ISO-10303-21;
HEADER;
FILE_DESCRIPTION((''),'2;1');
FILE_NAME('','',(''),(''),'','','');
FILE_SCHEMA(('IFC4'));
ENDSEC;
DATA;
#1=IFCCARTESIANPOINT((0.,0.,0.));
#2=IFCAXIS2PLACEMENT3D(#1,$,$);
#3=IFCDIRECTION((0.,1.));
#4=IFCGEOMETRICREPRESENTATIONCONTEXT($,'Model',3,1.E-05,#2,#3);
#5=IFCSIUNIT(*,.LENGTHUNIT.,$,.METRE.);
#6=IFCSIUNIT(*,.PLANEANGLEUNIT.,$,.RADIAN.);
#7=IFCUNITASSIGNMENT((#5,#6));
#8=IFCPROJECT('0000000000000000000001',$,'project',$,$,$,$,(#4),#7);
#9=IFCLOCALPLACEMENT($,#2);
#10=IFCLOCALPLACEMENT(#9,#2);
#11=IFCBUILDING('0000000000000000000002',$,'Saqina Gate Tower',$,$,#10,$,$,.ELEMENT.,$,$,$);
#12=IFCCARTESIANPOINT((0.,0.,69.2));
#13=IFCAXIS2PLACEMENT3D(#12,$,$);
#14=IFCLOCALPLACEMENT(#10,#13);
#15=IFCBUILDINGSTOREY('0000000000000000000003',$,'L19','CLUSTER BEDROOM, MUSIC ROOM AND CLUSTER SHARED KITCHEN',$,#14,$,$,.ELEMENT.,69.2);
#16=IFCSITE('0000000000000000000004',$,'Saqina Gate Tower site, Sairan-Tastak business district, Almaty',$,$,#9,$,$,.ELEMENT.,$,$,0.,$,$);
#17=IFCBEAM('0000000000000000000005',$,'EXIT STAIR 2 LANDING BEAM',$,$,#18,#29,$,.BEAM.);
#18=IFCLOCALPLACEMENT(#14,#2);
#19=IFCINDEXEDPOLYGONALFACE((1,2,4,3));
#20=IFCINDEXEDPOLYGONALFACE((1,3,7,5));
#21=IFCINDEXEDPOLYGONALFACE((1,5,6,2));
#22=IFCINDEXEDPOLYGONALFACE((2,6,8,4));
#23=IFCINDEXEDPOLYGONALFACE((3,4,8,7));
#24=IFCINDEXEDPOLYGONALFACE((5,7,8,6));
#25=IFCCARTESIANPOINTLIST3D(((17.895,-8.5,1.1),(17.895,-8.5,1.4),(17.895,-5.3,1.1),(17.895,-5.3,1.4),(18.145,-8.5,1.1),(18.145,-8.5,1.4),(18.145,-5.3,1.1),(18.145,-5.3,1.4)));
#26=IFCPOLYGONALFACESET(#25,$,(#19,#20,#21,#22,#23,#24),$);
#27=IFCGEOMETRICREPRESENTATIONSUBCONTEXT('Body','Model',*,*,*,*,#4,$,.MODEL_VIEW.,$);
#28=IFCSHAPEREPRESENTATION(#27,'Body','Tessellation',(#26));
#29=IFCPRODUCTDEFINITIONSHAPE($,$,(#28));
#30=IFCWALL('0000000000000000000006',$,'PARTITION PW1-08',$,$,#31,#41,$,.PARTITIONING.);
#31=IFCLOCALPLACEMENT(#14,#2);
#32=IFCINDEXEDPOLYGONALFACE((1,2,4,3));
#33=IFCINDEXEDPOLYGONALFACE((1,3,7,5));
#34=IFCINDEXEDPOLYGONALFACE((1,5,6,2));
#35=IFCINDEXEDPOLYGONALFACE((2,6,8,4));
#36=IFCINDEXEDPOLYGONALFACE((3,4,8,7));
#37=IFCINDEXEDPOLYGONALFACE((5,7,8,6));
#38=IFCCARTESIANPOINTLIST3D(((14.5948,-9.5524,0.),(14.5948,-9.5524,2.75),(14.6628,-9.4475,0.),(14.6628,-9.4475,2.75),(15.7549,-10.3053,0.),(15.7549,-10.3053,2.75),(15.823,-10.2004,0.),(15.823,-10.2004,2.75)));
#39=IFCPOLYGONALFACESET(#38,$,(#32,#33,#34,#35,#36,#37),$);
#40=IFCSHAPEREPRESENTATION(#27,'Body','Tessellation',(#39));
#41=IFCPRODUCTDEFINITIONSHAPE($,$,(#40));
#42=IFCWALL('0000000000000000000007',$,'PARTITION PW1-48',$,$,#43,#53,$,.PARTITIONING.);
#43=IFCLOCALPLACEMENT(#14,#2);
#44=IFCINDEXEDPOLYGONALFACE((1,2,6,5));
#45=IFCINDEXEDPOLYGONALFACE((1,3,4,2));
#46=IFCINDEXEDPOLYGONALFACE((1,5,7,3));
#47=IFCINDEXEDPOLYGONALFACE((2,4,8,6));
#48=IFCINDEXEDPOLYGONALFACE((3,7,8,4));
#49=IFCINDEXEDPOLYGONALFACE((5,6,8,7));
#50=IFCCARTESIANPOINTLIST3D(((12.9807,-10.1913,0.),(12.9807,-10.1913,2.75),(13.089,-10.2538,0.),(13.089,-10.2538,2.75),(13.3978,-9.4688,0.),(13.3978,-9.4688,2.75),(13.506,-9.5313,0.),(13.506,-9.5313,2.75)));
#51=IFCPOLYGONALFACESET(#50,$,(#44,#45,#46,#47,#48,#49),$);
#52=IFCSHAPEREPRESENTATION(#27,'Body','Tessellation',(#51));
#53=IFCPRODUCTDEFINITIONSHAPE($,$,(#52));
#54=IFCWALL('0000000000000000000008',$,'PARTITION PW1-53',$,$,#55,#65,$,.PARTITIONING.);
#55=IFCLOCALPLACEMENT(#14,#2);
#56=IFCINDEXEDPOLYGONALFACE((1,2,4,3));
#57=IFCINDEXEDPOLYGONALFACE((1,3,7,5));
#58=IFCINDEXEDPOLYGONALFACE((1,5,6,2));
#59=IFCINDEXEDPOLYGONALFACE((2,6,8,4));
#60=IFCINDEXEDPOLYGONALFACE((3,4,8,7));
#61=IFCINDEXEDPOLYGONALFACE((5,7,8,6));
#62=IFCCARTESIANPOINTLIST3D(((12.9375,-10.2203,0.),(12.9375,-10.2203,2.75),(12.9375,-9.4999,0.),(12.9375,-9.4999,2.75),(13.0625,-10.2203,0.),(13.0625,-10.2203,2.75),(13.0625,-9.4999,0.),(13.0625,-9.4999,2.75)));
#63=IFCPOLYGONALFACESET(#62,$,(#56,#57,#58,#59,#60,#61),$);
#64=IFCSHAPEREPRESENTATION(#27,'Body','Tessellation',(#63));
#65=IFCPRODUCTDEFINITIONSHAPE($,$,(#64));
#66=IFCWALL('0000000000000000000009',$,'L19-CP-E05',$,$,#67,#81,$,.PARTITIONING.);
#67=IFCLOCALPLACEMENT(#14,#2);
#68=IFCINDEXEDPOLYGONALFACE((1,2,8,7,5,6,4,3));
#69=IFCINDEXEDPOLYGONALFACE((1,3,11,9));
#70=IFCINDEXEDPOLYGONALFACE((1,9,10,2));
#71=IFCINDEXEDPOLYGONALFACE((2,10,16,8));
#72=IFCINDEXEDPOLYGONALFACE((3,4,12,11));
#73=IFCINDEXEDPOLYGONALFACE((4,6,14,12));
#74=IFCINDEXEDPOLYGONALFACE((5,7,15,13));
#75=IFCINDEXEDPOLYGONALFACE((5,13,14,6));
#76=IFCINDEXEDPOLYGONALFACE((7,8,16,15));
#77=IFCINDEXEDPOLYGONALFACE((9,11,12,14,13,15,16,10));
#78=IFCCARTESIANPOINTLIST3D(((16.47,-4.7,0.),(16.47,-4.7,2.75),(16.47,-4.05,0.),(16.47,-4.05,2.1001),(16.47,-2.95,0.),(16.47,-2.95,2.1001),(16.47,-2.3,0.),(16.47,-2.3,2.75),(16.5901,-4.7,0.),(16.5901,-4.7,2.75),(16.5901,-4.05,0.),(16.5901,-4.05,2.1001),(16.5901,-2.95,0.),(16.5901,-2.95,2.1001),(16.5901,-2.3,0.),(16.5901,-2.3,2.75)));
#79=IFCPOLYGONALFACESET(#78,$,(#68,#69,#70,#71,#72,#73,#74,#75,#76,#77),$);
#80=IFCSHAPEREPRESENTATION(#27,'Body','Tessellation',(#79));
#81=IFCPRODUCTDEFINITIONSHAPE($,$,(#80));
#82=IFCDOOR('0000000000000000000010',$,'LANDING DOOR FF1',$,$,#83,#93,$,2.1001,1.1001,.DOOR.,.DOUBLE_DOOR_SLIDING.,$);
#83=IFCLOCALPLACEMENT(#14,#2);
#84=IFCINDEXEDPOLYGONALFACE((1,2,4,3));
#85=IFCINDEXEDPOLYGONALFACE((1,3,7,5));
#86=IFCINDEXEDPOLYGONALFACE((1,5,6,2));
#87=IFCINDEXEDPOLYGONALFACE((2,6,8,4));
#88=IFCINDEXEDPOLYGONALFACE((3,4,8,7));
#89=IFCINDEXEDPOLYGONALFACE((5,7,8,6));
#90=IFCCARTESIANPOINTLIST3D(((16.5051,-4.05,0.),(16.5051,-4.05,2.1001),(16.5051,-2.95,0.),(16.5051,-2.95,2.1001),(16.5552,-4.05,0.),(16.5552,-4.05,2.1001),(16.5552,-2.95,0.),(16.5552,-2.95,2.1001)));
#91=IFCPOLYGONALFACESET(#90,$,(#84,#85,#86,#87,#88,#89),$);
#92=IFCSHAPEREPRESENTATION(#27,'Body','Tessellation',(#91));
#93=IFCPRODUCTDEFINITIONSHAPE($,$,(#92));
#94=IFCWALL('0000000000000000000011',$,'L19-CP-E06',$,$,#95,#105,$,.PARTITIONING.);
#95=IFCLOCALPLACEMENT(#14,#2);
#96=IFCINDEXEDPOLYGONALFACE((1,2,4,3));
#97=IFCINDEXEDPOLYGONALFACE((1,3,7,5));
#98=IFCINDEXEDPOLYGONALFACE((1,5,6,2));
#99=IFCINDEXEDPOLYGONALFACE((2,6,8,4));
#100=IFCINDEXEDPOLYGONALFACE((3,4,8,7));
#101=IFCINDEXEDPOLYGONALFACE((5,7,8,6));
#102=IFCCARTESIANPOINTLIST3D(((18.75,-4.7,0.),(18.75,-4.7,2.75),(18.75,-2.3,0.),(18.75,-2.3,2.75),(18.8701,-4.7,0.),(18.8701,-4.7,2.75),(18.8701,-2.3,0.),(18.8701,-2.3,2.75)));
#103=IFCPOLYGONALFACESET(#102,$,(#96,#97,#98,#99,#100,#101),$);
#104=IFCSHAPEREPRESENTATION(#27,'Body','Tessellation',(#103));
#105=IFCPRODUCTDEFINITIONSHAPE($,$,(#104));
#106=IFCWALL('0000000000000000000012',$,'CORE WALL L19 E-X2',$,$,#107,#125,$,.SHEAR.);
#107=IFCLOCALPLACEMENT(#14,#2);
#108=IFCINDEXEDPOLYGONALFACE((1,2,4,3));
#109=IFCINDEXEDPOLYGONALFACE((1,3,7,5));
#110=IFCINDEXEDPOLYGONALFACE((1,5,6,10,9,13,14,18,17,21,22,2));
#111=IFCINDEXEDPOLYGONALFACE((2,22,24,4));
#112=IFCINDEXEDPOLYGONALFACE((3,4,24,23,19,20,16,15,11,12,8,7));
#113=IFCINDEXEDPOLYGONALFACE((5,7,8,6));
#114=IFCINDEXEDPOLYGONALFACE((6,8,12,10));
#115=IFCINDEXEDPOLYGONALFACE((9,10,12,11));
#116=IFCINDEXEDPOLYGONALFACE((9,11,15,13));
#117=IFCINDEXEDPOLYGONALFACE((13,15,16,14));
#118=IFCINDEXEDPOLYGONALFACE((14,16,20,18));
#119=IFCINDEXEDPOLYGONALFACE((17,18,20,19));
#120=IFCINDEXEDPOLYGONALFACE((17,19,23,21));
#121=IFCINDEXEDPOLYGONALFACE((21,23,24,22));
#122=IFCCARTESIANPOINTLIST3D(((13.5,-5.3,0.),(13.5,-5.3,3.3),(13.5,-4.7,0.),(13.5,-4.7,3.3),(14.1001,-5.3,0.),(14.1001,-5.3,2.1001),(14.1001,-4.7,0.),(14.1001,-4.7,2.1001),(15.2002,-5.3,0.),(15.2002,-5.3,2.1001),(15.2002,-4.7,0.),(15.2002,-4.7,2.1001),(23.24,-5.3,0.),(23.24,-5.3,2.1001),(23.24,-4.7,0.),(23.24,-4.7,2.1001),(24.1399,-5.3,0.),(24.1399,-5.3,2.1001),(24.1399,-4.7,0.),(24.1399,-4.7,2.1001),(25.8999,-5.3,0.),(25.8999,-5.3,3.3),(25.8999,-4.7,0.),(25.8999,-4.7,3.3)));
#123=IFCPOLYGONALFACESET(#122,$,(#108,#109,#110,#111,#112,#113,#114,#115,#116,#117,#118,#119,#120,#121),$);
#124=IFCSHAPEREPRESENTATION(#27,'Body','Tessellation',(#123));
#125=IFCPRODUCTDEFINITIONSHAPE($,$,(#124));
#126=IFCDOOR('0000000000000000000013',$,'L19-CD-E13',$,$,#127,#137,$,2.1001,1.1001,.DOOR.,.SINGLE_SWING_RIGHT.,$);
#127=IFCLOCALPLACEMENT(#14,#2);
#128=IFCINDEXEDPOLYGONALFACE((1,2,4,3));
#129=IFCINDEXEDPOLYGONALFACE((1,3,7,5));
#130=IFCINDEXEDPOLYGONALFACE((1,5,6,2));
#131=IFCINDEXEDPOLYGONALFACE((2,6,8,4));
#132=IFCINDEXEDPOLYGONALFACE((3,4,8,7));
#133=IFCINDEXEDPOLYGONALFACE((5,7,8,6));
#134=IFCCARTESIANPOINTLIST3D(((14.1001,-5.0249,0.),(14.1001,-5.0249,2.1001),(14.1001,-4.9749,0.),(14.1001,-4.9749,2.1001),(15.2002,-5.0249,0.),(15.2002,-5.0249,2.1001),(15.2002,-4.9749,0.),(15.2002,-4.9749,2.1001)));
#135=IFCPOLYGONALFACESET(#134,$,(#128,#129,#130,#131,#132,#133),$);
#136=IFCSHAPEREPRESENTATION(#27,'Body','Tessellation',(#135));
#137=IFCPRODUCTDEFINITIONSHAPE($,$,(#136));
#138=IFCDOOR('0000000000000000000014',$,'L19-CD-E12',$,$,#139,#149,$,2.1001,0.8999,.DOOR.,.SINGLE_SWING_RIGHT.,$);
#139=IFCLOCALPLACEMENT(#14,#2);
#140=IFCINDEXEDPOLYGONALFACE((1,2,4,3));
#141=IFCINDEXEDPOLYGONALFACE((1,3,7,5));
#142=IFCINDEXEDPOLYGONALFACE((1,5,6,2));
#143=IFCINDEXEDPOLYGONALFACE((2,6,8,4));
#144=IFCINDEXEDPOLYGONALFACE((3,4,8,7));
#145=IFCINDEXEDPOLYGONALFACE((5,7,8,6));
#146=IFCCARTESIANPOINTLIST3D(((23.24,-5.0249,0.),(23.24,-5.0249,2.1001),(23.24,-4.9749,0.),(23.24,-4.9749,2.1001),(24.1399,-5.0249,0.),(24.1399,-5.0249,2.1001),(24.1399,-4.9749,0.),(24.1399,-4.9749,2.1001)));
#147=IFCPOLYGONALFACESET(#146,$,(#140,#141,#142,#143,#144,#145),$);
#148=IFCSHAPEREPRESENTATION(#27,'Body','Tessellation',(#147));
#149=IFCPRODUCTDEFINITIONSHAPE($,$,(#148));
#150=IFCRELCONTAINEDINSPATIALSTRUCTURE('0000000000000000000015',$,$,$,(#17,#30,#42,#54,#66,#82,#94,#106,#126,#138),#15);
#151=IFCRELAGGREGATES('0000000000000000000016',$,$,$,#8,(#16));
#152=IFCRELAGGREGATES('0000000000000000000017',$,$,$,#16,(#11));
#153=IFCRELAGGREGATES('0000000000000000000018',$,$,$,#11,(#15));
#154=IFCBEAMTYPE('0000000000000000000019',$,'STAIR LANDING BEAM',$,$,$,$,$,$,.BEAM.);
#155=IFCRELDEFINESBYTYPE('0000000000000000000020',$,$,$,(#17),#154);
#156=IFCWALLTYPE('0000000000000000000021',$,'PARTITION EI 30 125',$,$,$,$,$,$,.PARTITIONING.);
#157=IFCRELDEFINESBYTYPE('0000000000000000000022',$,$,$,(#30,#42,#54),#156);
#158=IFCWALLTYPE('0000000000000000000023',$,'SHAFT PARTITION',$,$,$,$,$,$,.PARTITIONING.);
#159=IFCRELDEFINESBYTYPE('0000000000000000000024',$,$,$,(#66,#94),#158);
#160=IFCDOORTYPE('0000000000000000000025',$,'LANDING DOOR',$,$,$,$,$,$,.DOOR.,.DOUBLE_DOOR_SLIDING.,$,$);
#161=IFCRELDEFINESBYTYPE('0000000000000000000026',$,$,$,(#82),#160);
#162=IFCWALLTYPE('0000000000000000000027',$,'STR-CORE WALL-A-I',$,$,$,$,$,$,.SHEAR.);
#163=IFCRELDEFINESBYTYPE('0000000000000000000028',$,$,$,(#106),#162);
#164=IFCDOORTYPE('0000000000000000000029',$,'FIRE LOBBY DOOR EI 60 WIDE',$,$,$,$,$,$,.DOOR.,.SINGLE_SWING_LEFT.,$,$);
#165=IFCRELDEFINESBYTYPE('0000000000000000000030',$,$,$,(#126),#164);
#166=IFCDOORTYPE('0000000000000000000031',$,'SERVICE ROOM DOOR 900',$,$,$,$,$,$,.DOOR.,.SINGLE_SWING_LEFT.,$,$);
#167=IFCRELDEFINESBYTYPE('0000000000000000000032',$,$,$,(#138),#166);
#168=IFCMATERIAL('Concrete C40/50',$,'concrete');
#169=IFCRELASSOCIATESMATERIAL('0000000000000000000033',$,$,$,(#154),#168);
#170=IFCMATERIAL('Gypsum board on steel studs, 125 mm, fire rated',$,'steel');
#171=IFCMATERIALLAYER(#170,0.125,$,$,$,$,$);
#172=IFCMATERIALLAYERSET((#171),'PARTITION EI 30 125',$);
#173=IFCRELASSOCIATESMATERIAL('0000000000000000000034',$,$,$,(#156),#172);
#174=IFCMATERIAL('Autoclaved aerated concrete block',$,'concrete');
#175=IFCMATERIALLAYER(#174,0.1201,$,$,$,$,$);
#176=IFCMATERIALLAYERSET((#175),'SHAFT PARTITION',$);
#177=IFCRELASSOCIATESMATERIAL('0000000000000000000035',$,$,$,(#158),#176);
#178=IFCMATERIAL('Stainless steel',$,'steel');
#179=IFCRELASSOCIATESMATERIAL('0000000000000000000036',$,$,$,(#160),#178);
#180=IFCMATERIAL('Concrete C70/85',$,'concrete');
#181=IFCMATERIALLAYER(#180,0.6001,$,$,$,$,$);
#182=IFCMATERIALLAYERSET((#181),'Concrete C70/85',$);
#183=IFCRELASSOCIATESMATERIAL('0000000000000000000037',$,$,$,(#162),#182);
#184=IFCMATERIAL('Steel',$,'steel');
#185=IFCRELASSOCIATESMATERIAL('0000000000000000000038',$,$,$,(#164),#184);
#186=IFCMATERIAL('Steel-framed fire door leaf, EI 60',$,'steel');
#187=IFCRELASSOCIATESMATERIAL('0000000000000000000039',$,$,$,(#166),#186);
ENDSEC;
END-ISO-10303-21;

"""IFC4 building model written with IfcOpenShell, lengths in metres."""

from ifc_helpers import new_model, si_unit, direction, frame, frame_2d, origin, origin_2d, place, context, subcontext, project, spatial, rectangle, extrude, material, layer, layer_set, material_profile, profile_set, type_object, element, fill, save


model = new_model("IFC4")

# Units and contexts
model_context = context("Model", 3, precision=1e-05, world=origin(), true_north=direction((0.0, 1.0)))
body_context = subcontext(model_context, "Body", "Model", "MODEL_VIEW")
ifc_project = project(units=[si_unit("LENGTHUNIT", "METRE"), si_unit("PLANEANGLEUNIT", "RADIAN")], contexts=[model_context])

# Site, building, storey
site_placement = place(None, origin())
site = spatial("IfcSite", under=ifc_project, at=site_placement, Name="Saqina Gate Tower site, Sairan-Tastak business district, Almaty", CompositionType="ELEMENT", RefElevation=0.0)
building_placement = place(site_placement, origin())
building = spatial("IfcBuilding", under=site, at=building_placement, Name="Saqina Gate Tower", CompositionType="ELEMENT")
storey_placement = place(building_placement, frame((0.0, 0.0, 69.2)))
storey = spatial("IfcBuildingStorey", under=building, at=storey_placement, Name="L19", Description="CLUSTER BEDROOM, MUSIC ROOM AND CLUSTER SHARED KITCHEN", CompositionType="ELEMENT", Elevation=69.2)

# Beam
ifc_material_1 = material(Name="Concrete C40/50", Category="concrete")
ifc_material_profile = material_profile(ifc_material_1, rectangle(XDim=0.25, YDim=0.3, at=origin_2d()), Name="STAIR LANDING BEAM")
ifc_profile_set = profile_set([ifc_material_profile], Name="Concrete C40/50")
beam_type = type_object("IfcBeamType", Name="STAIR LANDING BEAM", PredefinedType="BEAM", material=ifc_profile_set)
beam_placement = place(storey_placement, frame((18.02, -8.5, 1.25), z_axis=(0.0, 1.0, 0.0), x_axis=(-1.0, 0.0, 0.0)))
element("IfcBeam", 1, at=beam_placement, inside=storey, type_object=beam_type, Name="EXIT STAIR 2 LANDING BEAM", PredefinedType="BEAM", context=body_context, shape_type="SweptSolid", body=[
    extrude(rectangle(XDim=0.25, YDim=0.3, at=origin_2d()), origin(), (0.0, 0.0, 1.0), 3.2),
])

# Walls
ifc_material_2 = material(Name="Gypsum board on steel studs, 125 mm, fire rated", Category="steel")
ifc_layer_1 = layer(ifc_material_2, 0.125)
ifc_layer_set_1 = layer_set([ifc_layer_1], Name="PARTITION EI 30 125")
wall_type_1 = type_object("IfcWallType", Name="PARTITION EI 30 125", PredefinedType="PARTITIONING", material=ifc_layer_set_1)
wall_1_placement = place(storey_placement, frame((14.6289, -9.5, 0.0), z_axis=(0.0, 0.0, 1.0), x_axis=(0.838831, -0.544393, 0.0)))
element("IfcWall", 2, at=wall_1_placement, inside=storey, type_object=wall_type_1, Name="PARTITION PW1-08", PredefinedType="PARTITIONING", context=body_context, shape_type="SweptSolid", body=[
    extrude(rectangle(XDim=1.3831, YDim=0.125, at=frame_2d((0.6914, 0.0))), origin(), (0.0, 0.0, 1.0), 2.75),
])
wall_2_placement = place(storey_placement, frame((13.0349, -10.2224, 0.0), z_axis=(0.0, 0.0, 1.0), x_axis=(0.499917, 0.866073, 0.0)))
element("IfcWall", 3, at=wall_2_placement, inside=storey, type_object=wall_type_1, Name="PARTITION PW1-48", PredefinedType="PARTITIONING", context=body_context, shape_type="SweptSolid", body=[
    extrude(rectangle(XDim=0.8342, YDim=0.125, at=frame_2d((0.417, 0.0))), origin(), (0.0, 0.0, 1.0), 2.75),
])
wall_3_placement = place(storey_placement, frame((13.0, -10.2205, 0.0), z_axis=(0.0, 0.0, 1.0), x_axis=(0.0, 1.0, 0.0)))
element("IfcWall", 4, at=wall_3_placement, inside=storey, type_object=wall_type_1, Name="PARTITION PW1-53", PredefinedType="PARTITIONING", context=body_context, shape_type="SweptSolid", body=[
    extrude(rectangle(XDim=0.7205, YDim=0.125, at=frame_2d((0.3604, 0.0))), origin(), (0.0, 0.0, 1.0), 2.75),
])

# Wall, opening, door
ifc_material_3 = material(Name="Autoclaved aerated concrete block", Category="concrete")
ifc_layer_2 = layer(ifc_material_3, 0.1201)
ifc_layer_set_2 = layer_set([ifc_layer_2], Name="SHAFT PARTITION")
wall_type_2 = type_object("IfcWallType", Name="SHAFT PARTITION", PredefinedType="PARTITIONING", material=ifc_layer_set_2)
wall_4_placement = place(storey_placement, frame((16.53, -4.7, 0.0), z_axis=(0.0, 0.0, 1.0), x_axis=(0.0, 1.0, 0.0)))
wall_4 = element("IfcWall", 5, at=wall_4_placement, inside=storey, type_object=wall_type_2, Name="L19-CP-E05", PredefinedType="PARTITIONING", context=body_context, shape_type="SweptSolid", body=[
    extrude(rectangle(XDim=2.3999, YDim=0.1201, at=frame_2d((1.2, 0.0))), origin(), (0.0, 0.0, 1.0), 2.75),
])
opening_1_placement = place(wall_4_placement, frame((0.6499, 0.0, 0.0)))
opening_1 = element("IfcOpeningElement", 6, at=opening_1_placement, cuts=wall_4, PredefinedType="OPENING", context=body_context, shape_type="SweptSolid", body=[
    extrude(rectangle(XDim=1.1001, YDim=2.1001, at=frame_2d((0.55, 1.05))), frame((0.0, 0.072, 0.0), z_axis=(0.0, -1.0, 0.0), x_axis=(1.0, 0.0, 0.0)), (0.0, 0.0, 1.0), 0.144),
])
ifc_material_4 = material(Name="Stainless steel", Category="steel")
door_type_1 = type_object("IfcDoorType", Name="LANDING DOOR", OperationType="DOUBLE_DOOR_SLIDING", PredefinedType="DOOR", material=ifc_material_4)
door_1_placement = place(opening_1_placement, origin())
door_1 = element("IfcDoor", 7, at=door_1_placement, inside=storey, type_object=door_type_1, Name="LANDING DOOR FF1", OperationType="DOUBLE_DOOR_SLIDING", OverallHeight=2.1001, OverallWidth=1.1001, PredefinedType="DOOR", context=body_context, shape_type="SweptSolid", body=[
    extrude(rectangle(XDim=1.1001, YDim=2.1001, at=frame_2d((0.55, 1.05))), frame((0.0, 0.0249, 0.0), z_axis=(0.0, -1.0, 0.0), x_axis=(1.0, 0.0, 0.0)), (0.0, 0.0, 1.0), 0.05),
])
fill(opening_1, door_1)

# Wall
wall_5_placement = place(storey_placement, frame((18.8101, -4.7, 0.0), z_axis=(0.0, 0.0, 1.0), x_axis=(0.0, 1.0, 0.0)))
element("IfcWall", 8, at=wall_5_placement, inside=storey, type_object=wall_type_2, Name="L19-CP-E06", PredefinedType="PARTITIONING", context=body_context, shape_type="SweptSolid", body=[
    extrude(rectangle(XDim=2.3999, YDim=0.1201, at=frame_2d((1.2, 0.0))), origin(), (0.0, 0.0, 1.0), 2.75),
])

# Wall, openings, doors
ifc_material_5 = material(Name="Concrete C70/85", Category="concrete")
ifc_layer_3 = layer(ifc_material_5, 0.6001)
ifc_layer_set_3 = layer_set([ifc_layer_3], Name="Concrete C70/85")
wall_type_3 = type_object("IfcWallType", Name="STR-CORE WALL-A-I", PredefinedType="SHEAR", material=ifc_layer_set_3)
wall_6_placement = place(storey_placement, frame((13.5, -5.0, 0.0), z_axis=(0.0, 0.0, 1.0), x_axis=(1.0, 0.0, 0.0)))
wall_6 = element("IfcWall", 9, at=wall_6_placement, inside=storey, type_object=wall_type_3, Name="CORE WALL L19 E-X2", PredefinedType="SHEAR", context=body_context, shape_type="SweptSolid", body=[
    extrude(rectangle(XDim=12.3999, YDim=0.6001, at=frame_2d((6.2, 0.0))), origin(), (0.0, 0.0, 1.0), 3.3),
])
opening_2_placement = place(wall_6_placement, frame((9.74, 0.0, 0.0)))
opening_2 = element("IfcOpeningElement", 10, at=opening_2_placement, cuts=wall_6, PredefinedType="OPENING", context=body_context, shape_type="SweptSolid", body=[
    extrude(rectangle(XDim=0.8999, YDim=2.1001, at=frame_2d((0.45, 1.05))), frame((0.0, 0.312, 0.0), z_axis=(0.0, -1.0, 0.0), x_axis=(1.0, 0.0, 0.0)), (0.0, 0.0, 1.0), 0.624),
])
opening_3_placement = place(wall_6_placement, frame((0.6001, 0.0, 0.0)))
opening_3 = element("IfcOpeningElement", 11, at=opening_3_placement, cuts=wall_6, PredefinedType="OPENING", context=body_context, shape_type="SweptSolid", body=[
    extrude(rectangle(XDim=1.1001, YDim=2.1001, at=frame_2d((0.55, 1.05))), frame((0.0, 0.312, 0.0), z_axis=(0.0, -1.0, 0.0), x_axis=(1.0, 0.0, 0.0)), (0.0, 0.0, 1.0), 0.624),
])
ifc_material_6 = material(Name="Steel", Category="steel")
door_type_2 = type_object("IfcDoorType", Name="FIRE LOBBY DOOR EI 60 WIDE", OperationType="SINGLE_SWING_LEFT", PredefinedType="DOOR", material=ifc_material_6)
door_2_placement = place(opening_3_placement, frame((1.1001, 0.0, 0.0), z_axis=(0.0, 0.0, 1.0), x_axis=(-1.0, 0.0, 0.0)))
door_2 = element("IfcDoor", 12, at=door_2_placement, inside=storey, type_object=door_type_2, Name="L19-CD-E13", OperationType="SINGLE_SWING_RIGHT", OverallHeight=2.1001, OverallWidth=1.1001, PredefinedType="DOOR", context=body_context, shape_type="SweptSolid", body=[
    extrude(rectangle(XDim=1.1001, YDim=2.1001, at=frame_2d((0.55, 1.05))), frame((0.0, 0.0249, 0.0), z_axis=(0.0, -1.0, 0.0), x_axis=(1.0, 0.0, 0.0)), (0.0, 0.0, 1.0), 0.05),
])
fill(opening_3, door_2)
ifc_material_7 = material(Name="Steel-framed fire door leaf, EI 60", Category="steel")
door_type_3 = type_object("IfcDoorType", Name="SERVICE ROOM DOOR 900", OperationType="SINGLE_SWING_LEFT", PredefinedType="DOOR", material=ifc_material_7)
door_3_placement = place(opening_2_placement, frame((0.8999, 0.0, 0.0), z_axis=(0.0, 0.0, 1.0), x_axis=(-1.0, 0.0, 0.0)))
door_3 = element("IfcDoor", 13, at=door_3_placement, inside=storey, type_object=door_type_3, Name="L19-CD-E12", OperationType="SINGLE_SWING_RIGHT", OverallHeight=2.1001, OverallWidth=0.8999, PredefinedType="DOOR", context=body_context, shape_type="SweptSolid", body=[
    extrude(rectangle(XDim=0.8999, YDim=2.1001, at=frame_2d((0.45, 1.05))), frame((0.0, 0.0249, 0.0), z_axis=(0.0, -1.0, 0.0), x_axis=(1.0, 0.0, 0.0)), (0.0, 0.0, 1.0), 0.05),
])
fill(opening_2, door_3)

save(model, "model.ifc")
